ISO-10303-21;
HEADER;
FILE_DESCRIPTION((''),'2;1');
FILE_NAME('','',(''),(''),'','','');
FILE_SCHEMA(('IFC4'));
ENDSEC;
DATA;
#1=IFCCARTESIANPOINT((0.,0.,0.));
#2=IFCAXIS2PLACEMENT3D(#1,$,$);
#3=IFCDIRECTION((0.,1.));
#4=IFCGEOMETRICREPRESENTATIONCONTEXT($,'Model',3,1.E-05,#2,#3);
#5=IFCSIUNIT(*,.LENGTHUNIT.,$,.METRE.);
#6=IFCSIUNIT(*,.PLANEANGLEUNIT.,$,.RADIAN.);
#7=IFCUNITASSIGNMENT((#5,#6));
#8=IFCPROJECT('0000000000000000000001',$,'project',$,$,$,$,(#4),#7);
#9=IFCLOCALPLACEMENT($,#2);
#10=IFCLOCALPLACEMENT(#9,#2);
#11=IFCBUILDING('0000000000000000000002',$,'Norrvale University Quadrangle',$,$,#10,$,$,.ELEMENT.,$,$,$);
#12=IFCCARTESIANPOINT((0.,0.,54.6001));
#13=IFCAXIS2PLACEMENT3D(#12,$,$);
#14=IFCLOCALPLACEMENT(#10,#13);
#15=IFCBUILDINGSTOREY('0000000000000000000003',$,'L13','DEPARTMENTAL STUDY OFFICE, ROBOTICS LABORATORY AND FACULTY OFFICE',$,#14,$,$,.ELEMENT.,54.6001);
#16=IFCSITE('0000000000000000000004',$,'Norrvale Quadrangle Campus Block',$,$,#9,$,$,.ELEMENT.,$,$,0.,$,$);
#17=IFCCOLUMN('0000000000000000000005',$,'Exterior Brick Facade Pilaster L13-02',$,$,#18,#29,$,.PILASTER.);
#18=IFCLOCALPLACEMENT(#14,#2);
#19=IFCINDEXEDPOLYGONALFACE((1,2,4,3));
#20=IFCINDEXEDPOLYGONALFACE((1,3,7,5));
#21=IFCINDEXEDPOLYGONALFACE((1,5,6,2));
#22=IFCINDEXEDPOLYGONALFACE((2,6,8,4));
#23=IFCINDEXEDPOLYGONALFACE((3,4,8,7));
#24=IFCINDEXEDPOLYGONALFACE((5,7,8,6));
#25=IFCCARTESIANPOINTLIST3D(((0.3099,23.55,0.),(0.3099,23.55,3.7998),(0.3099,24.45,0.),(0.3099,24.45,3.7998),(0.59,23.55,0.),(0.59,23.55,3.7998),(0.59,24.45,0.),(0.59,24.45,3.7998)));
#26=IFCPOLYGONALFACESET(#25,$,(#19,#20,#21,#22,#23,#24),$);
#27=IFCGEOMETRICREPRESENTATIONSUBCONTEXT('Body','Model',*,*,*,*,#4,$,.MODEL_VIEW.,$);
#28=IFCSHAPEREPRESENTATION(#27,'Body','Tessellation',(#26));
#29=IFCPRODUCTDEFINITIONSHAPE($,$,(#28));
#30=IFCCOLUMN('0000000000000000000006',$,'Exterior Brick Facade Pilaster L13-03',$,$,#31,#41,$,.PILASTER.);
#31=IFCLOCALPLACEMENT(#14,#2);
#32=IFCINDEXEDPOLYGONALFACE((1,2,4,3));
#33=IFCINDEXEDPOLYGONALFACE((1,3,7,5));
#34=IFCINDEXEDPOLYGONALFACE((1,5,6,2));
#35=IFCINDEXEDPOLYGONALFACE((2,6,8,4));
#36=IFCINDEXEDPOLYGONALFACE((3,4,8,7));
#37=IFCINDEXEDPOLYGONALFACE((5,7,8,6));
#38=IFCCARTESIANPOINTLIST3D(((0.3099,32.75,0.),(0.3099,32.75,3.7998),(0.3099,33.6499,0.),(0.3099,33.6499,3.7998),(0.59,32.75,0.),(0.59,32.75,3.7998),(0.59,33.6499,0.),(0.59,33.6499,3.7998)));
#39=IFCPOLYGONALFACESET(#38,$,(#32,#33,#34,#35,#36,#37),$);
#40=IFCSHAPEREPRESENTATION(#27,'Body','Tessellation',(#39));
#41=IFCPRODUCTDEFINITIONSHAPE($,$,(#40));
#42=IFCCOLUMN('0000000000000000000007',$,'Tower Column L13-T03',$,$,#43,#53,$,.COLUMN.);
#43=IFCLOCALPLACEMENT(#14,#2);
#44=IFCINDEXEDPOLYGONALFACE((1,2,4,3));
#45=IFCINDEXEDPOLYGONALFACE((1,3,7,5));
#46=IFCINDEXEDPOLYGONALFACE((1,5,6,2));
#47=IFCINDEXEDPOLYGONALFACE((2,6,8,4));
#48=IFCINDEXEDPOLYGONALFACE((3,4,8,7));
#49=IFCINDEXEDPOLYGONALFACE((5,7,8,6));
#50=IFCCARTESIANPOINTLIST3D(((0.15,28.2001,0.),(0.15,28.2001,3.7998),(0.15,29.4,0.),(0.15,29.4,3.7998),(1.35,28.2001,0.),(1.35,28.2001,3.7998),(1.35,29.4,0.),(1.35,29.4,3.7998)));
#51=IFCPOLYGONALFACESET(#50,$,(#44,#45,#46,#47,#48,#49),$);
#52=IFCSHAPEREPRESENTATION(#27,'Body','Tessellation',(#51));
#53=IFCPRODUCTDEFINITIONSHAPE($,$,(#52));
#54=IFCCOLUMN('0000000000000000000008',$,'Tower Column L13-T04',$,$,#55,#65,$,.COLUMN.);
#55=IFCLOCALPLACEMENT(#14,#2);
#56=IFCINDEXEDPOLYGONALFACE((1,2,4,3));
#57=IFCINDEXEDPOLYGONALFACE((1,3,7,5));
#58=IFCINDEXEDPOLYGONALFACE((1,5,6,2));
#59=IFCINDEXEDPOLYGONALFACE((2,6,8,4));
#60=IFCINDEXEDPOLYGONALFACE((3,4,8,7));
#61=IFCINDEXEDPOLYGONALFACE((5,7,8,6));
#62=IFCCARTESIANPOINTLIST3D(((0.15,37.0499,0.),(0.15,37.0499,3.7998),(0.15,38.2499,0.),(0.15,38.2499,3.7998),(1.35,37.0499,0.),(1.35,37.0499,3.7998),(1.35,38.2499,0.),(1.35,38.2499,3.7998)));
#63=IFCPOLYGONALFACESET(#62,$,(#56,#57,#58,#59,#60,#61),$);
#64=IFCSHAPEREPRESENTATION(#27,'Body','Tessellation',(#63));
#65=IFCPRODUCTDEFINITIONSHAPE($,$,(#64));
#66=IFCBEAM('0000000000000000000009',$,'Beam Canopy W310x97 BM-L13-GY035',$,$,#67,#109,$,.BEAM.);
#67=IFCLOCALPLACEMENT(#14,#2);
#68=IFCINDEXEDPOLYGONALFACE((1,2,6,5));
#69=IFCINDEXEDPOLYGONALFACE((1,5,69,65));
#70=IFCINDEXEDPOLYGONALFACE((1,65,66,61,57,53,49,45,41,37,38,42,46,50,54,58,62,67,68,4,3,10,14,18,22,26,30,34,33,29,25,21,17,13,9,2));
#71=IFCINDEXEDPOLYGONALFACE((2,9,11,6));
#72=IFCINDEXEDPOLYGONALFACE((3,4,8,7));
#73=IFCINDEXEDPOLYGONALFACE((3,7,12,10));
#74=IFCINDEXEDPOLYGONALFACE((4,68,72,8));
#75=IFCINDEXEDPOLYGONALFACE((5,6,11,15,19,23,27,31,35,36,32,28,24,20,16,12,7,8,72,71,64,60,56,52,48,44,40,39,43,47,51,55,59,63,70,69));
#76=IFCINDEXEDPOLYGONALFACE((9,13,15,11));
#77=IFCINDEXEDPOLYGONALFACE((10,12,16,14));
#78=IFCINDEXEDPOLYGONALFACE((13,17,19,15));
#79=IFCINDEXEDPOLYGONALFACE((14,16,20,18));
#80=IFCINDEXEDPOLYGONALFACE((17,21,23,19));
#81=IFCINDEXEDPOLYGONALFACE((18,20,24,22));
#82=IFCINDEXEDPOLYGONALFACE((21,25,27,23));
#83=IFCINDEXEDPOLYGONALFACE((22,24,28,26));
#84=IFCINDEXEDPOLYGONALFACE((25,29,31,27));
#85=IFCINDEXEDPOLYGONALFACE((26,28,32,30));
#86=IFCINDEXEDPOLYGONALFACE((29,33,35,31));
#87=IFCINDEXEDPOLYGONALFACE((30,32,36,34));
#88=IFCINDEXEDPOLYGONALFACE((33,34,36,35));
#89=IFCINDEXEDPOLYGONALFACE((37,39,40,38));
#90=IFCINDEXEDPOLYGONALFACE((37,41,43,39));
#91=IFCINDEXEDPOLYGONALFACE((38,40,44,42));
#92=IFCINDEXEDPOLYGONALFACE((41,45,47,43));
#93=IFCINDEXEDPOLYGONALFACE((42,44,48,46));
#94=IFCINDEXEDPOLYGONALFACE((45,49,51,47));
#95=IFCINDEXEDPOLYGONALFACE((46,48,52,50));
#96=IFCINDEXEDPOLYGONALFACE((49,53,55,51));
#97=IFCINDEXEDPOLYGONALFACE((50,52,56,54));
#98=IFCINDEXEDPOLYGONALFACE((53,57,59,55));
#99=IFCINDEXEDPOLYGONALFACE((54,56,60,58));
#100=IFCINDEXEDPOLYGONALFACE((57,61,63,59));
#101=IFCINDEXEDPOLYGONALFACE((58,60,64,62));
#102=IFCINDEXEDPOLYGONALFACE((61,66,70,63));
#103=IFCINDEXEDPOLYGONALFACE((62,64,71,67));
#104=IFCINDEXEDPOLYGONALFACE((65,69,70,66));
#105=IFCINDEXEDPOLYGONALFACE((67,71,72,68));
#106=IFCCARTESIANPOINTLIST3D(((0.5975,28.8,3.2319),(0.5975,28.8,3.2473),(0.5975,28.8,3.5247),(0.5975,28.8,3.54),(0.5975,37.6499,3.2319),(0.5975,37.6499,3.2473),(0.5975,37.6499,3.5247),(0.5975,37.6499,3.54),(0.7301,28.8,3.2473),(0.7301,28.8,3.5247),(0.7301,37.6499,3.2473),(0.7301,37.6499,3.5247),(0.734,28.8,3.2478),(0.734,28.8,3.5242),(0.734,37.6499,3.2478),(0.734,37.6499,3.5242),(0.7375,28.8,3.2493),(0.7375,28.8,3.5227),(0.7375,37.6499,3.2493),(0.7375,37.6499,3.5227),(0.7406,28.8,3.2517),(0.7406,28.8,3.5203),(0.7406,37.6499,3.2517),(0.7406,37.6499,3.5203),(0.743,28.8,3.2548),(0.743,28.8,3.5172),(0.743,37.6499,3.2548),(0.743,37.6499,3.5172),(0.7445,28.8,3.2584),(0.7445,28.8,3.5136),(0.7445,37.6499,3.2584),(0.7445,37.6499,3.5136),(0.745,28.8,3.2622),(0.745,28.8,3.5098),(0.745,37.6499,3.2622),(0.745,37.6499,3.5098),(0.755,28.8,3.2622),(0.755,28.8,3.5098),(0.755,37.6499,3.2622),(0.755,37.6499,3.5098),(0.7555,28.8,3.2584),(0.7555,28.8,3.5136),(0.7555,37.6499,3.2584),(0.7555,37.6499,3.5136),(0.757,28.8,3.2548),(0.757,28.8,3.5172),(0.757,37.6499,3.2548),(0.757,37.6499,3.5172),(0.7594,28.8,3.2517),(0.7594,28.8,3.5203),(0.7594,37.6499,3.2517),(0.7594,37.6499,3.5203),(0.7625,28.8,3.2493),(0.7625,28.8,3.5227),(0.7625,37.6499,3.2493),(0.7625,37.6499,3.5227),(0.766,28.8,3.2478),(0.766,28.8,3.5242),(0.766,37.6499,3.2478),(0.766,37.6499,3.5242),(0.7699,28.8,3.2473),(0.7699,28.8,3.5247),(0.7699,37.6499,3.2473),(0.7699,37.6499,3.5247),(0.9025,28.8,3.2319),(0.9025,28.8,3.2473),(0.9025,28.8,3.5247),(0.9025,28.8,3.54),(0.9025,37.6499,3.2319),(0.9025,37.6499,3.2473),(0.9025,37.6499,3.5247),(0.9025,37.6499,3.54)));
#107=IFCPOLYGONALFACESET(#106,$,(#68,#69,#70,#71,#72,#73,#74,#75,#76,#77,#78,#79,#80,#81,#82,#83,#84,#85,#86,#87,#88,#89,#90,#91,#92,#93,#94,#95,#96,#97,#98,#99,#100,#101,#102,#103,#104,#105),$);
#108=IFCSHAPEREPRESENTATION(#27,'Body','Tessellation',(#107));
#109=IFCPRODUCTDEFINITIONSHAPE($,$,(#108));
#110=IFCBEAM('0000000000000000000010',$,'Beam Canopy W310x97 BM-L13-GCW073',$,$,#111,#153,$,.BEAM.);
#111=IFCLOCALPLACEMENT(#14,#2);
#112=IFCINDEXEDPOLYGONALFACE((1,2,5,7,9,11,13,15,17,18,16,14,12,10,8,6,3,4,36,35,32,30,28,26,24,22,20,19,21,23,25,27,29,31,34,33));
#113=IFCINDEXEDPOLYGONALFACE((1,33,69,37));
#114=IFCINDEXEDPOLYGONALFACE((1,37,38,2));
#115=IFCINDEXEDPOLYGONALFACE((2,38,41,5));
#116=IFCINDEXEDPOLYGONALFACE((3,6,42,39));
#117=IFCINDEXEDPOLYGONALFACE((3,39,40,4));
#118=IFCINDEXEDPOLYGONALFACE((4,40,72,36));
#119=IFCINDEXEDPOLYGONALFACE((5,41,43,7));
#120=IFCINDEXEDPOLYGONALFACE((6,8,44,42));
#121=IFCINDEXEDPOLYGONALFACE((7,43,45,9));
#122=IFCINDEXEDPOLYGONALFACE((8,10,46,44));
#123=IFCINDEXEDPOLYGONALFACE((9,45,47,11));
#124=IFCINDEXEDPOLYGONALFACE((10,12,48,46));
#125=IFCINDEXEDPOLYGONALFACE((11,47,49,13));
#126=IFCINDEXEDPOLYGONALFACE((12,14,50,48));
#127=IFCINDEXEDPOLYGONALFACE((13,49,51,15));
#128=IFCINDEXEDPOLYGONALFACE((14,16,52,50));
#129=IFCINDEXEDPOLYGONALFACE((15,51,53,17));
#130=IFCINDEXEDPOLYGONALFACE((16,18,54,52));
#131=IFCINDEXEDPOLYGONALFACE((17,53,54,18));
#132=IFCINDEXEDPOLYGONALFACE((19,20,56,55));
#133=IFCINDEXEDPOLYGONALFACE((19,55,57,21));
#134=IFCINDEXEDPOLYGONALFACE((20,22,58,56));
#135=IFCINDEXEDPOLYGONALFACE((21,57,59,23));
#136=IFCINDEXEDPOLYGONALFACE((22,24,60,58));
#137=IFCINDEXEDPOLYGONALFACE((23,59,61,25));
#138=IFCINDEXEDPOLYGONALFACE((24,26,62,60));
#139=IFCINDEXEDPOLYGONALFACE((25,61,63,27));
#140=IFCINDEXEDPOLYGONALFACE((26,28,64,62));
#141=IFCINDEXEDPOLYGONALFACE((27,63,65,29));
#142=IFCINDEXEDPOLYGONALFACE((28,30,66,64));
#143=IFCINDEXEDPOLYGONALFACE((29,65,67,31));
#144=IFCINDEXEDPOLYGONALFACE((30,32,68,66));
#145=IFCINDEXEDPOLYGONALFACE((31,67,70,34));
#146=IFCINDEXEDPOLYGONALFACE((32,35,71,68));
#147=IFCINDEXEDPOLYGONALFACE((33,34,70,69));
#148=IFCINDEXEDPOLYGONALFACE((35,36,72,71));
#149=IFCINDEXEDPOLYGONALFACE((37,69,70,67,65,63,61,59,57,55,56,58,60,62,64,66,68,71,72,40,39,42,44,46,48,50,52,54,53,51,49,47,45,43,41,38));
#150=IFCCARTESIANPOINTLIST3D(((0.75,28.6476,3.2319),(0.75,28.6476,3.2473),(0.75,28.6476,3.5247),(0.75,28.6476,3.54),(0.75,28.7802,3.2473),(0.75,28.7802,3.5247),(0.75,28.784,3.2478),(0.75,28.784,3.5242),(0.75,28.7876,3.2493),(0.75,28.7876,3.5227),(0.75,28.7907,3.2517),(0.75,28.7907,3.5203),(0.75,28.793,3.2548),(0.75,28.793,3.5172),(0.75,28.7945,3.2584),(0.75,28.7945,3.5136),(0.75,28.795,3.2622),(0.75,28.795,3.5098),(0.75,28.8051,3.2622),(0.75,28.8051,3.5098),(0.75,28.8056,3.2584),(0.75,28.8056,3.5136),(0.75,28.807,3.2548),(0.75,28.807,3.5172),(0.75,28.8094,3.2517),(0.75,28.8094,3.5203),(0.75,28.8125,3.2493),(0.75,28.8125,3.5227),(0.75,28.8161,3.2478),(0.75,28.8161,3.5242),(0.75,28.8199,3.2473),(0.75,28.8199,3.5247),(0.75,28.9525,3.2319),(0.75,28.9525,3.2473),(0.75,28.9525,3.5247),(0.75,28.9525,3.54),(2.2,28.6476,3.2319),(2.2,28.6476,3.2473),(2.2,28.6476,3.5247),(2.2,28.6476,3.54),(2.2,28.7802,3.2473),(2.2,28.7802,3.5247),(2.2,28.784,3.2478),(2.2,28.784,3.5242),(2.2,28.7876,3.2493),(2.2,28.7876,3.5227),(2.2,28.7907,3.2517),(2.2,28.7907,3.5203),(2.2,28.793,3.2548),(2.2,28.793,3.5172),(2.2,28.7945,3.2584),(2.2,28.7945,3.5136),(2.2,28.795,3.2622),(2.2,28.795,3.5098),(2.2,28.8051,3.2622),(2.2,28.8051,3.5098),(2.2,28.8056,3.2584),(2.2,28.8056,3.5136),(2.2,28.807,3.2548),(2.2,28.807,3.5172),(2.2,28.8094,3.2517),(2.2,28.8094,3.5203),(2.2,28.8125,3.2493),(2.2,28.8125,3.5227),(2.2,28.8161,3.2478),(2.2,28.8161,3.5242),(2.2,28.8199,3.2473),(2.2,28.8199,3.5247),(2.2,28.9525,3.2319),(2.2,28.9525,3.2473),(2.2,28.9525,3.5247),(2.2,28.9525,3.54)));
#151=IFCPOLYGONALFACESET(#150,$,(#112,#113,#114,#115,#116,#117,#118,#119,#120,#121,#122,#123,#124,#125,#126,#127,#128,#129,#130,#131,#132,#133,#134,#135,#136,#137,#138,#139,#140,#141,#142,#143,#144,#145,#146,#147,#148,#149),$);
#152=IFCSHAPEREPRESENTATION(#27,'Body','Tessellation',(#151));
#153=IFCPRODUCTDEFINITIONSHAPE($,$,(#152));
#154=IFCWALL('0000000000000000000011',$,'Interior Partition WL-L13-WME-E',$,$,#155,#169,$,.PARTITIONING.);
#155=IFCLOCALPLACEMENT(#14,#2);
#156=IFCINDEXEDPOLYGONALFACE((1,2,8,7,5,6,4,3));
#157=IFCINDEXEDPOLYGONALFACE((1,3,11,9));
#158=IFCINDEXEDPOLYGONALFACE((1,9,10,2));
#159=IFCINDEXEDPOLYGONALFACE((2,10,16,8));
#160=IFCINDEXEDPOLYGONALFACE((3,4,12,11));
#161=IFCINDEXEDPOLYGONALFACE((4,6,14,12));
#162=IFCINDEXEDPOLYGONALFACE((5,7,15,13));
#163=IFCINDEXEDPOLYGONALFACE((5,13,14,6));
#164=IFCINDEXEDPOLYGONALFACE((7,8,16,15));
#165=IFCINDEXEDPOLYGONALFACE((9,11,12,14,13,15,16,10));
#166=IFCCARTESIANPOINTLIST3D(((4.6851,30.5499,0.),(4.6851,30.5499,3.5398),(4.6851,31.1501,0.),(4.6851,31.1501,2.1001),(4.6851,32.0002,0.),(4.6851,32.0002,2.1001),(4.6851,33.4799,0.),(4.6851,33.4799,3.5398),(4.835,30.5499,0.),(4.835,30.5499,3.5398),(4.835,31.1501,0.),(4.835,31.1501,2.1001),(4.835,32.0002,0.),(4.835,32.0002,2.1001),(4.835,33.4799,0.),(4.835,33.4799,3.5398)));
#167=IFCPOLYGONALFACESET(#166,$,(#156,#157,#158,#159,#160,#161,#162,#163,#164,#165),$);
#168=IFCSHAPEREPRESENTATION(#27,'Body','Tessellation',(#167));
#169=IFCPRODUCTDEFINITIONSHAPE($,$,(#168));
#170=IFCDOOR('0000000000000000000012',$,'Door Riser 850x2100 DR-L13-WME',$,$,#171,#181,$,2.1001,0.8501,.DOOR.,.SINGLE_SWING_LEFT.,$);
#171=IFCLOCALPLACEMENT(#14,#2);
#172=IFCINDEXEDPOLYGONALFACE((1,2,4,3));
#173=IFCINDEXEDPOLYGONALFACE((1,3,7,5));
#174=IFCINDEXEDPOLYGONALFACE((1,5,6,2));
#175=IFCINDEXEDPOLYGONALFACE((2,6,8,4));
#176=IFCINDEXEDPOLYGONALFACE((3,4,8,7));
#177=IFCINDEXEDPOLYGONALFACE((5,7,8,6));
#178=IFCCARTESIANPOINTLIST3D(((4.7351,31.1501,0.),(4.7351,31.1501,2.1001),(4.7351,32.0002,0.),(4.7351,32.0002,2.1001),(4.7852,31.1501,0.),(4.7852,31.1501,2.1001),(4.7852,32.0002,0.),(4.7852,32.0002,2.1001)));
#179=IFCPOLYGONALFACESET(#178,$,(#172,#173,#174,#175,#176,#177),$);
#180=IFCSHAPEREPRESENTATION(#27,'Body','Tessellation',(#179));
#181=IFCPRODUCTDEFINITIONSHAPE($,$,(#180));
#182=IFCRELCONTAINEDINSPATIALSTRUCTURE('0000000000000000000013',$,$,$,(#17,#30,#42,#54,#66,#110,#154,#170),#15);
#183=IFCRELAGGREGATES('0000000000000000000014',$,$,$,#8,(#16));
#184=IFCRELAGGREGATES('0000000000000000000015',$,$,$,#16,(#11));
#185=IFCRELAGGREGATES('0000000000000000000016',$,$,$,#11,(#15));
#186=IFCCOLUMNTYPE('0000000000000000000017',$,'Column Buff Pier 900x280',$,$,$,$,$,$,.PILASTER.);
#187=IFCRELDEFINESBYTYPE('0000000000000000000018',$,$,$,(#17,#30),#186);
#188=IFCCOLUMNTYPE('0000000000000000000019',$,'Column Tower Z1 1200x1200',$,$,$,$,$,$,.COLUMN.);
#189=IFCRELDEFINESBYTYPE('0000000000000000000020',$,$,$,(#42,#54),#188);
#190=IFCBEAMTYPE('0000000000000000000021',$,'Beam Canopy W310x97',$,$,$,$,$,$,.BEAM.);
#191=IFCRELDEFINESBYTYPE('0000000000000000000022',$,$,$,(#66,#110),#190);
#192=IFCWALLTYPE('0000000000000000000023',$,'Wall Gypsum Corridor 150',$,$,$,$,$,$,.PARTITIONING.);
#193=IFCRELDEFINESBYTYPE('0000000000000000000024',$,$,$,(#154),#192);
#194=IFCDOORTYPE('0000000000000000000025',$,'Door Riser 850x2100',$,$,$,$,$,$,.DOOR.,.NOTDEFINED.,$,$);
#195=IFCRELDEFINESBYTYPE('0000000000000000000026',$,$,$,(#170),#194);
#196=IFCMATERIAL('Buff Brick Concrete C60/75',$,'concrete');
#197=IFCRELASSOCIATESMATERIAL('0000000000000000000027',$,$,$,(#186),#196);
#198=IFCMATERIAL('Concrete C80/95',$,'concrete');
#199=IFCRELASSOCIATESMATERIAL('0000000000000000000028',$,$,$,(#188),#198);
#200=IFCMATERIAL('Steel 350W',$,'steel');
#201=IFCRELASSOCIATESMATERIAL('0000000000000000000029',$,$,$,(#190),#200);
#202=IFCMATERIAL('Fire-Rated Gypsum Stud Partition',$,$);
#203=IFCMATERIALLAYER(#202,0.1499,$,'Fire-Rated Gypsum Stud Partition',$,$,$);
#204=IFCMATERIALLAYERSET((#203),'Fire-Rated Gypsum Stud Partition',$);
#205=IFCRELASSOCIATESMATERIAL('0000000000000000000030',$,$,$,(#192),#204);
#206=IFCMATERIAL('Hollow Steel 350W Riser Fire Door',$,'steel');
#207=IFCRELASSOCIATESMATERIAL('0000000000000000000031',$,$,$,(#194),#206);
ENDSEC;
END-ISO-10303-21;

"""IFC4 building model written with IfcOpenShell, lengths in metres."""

from ifc_helpers import new_model, si_unit, direction, frame, frame_2d, origin, origin_2d, place, context, subcontext, project, spatial, rectangle, i_section, extrude, material, layer, layer_set, material_profile, profile_set, type_object, element, fill, save


model = new_model("IFC4")

# Units and contexts
model_context = context("Model", 3, precision=1e-05, world=origin(), true_north=direction((0.0, 1.0)))
body_context = subcontext(model_context, "Body", "Model", "MODEL_VIEW")
ifc_project = project(units=[si_unit("LENGTHUNIT", "METRE"), si_unit("PLANEANGLEUNIT", "RADIAN")], contexts=[model_context])

# Site, building, storey
site_placement = place(None, origin())
site = spatial("IfcSite", under=ifc_project, at=site_placement, Name="Norrvale Quadrangle Campus Block", CompositionType="ELEMENT", RefElevation=0.0)
building_placement = place(site_placement, origin())
building = spatial("IfcBuilding", under=site, at=building_placement, Name="Norrvale University Quadrangle", CompositionType="ELEMENT")
storey_placement = place(building_placement, frame((0.0, 0.0, 54.6001)))
storey = spatial("IfcBuildingStorey", under=building, at=storey_placement, Name="L13", Description="DEPARTMENTAL STUDY OFFICE, ROBOTICS LABORATORY AND FACULTY OFFICE", CompositionType="ELEMENT", Elevation=54.6001)

# Columns
ifc_material_1 = material(Name="Buff Brick Concrete C60/75", Category="concrete")
ifc_material_profile_1 = material_profile(ifc_material_1, rectangle(XDim=0.8999, YDim=0.28, at=origin_2d()), Name="Buff Brick Concrete C60/75")
ifc_profile_set_1 = profile_set([ifc_material_profile_1], Name="Buff Brick Concrete C60/75")
column_type_1 = type_object("IfcColumnType", Name="Column Buff Pier 900x280", PredefinedType="PILASTER", material=ifc_profile_set_1)
for number, where, z_axis, x_axis, name in (
    (1, (0.45, 24.0, 0.0), (0.0, 0.0, 1.0), (0.0, 1.0, 0.0), "Exterior Brick Facade Pilaster L13-02"),
    (2, (0.45, 33.2, 0.0), (0.0, 0.0, 1.0), (0.0, 1.0, 0.0), "Exterior Brick Facade Pilaster L13-03"),
):
    element("IfcColumn", number, at=place(storey_placement, frame(where, z_axis=z_axis, x_axis=x_axis)), inside=storey, type_object=column_type_1, Name=name, PredefinedType="PILASTER", context=body_context, shape_type="SweptSolid", body=[
        extrude(rectangle(XDim=0.8999, YDim=0.28, at=origin_2d()), origin(), (0.0, 0.0, 1.0), 3.7998),
    ])
ifc_material_2 = material(Name="Concrete C80/95", Category="concrete")
ifc_material_profile_2 = material_profile(ifc_material_2, rectangle(XDim=1.2, YDim=1.2, at=origin_2d()), Name="Concrete C80/95")
ifc_profile_set_2 = profile_set([ifc_material_profile_2], Name="Concrete C80/95")
column_type_2 = type_object("IfcColumnType", Name="Column Tower Z1 1200x1200", PredefinedType="COLUMN", material=ifc_profile_set_2)
for number, where, z_axis, x_axis, name in (
    (3, (0.75, 28.8, 0.0), (0.0, 0.0, 1.0), (1.0, 0.0, 0.0), "Tower Column L13-T03"),
    (4, (0.75, 37.6499, 0.0), (0.0, 0.0, 1.0), (1.0, 0.0, 0.0), "Tower Column L13-T04"),
):
    element("IfcColumn", number, at=place(storey_placement, frame(where, z_axis=z_axis, x_axis=x_axis)), inside=storey, type_object=column_type_2, Name=name, PredefinedType="COLUMN", context=body_context, shape_type="SweptSolid", body=[
        extrude(rectangle(XDim=1.2, YDim=1.2, at=origin_2d()), origin(), (0.0, 0.0, 1.0), 3.7998),
    ])

# Beams
ifc_material_3 = material(Name="Steel 350W", Category="steel")
ifc_material_profile_3 = material_profile(ifc_material_3, i_section(OverallWidth=0.3049, OverallDepth=0.3081, WebThickness=0.01, FlangeThickness=0.0154, FilletRadius=0.0149, at=origin_2d()), Name="Steel 350W")
ifc_profile_set_3 = profile_set([ifc_material_profile_3], Name="Steel 350W")
beam_type = type_object("IfcBeamType", Name="Beam Canopy W310x97", PredefinedType="BEAM", material=ifc_profile_set_3)
beam_1_placement = place(storey_placement, frame((0.75, 28.8, 3.386), z_axis=(0.0, 1.0, 0.0), x_axis=(-1.0, 0.0, 0.0)))
element("IfcBeam", 5, at=beam_1_placement, inside=storey, type_object=beam_type, Name="Beam Canopy W310x97 BM-L13-GY035", PredefinedType="BEAM", context=body_context, shape_type="SweptSolid", body=[
    extrude(i_section(OverallWidth=0.3049, OverallDepth=0.3081, WebThickness=0.01, FlangeThickness=0.0154, FilletRadius=0.0149, at=origin_2d()), origin(), (0.0, 0.0, 1.0), 8.8499),
])
beam_2_placement = place(storey_placement, frame((0.75, 28.8, 3.386), z_axis=(1.0, 0.0, 0.0), x_axis=(0.0, 1.0, 0.0)))
element("IfcBeam", 6, at=beam_2_placement, inside=storey, type_object=beam_type, Name="Beam Canopy W310x97 BM-L13-GCW073", PredefinedType="BEAM", context=body_context, shape_type="SweptSolid", body=[
    extrude(i_section(OverallWidth=0.3049, OverallDepth=0.3081, WebThickness=0.01, FlangeThickness=0.0154, FilletRadius=0.0149, at=origin_2d()), origin(), (0.0, 0.0, 1.0), 1.45),
])

# Wall, opening, door
ifc_material_4 = material(Name="Fire-Rated Gypsum Stud Partition")
ifc_layer_1 = layer(ifc_material_4, 0.1499, Name="Fire-Rated Gypsum Stud Partition")
ifc_layer_set_1 = layer_set([ifc_layer_1], Name="Fire-Rated Gypsum Stud Partition")
wall_type_1 = type_object("IfcWallType", Name="Wall Gypsum Corridor 150", PredefinedType="PARTITIONING", material=ifc_layer_set_1)
wall_1_placement = place(storey_placement, frame((4.76, 30.55, 0.0), z_axis=(0.0, 0.0, 1.0), x_axis=(0.0, 1.0, 0.0)))
wall_1 = element("IfcWall", 7, at=wall_1_placement, inside=storey, type_object=wall_type_1, Name="Interior Partition WL-L13-WME-E", PredefinedType="PARTITIONING", context=body_context, shape_type="SweptSolid", body=[
    extrude(rectangle(XDim=2.9299, YDim=0.1499, at=frame_2d((1.4648, 0.0))), origin(), (0.0, 0.0, 1.0), 3.5398),
])
opening_1_placement = place(wall_1_placement, frame((0.6001, 0.0, 0.0)))
opening_1 = element("IfcOpeningElement", 8, at=opening_1_placement, cuts=wall_1, PredefinedType="OPENING", context=body_context, shape_type="SweptSolid", body=[
    extrude(rectangle(XDim=0.8501, YDim=2.1001, at=frame_2d((0.425, 1.05))), frame((0.0, 0.0869, 0.0), z_axis=(0.0, -1.0, 0.0), x_axis=(1.0, 0.0, 0.0)), (0.0, 0.0, 1.0), 0.1738),
])
ifc_material_5 = material(Name="Hollow Steel 350W Riser Fire Door", Category="steel")
door_type_1 = type_object("IfcDoorType", Name="Door Riser 850x2100", OperationType="NOTDEFINED", PredefinedType="DOOR", material=ifc_material_5)
door_1_placement = place(opening_1_placement, origin())
door_1 = element("IfcDoor", 9, at=door_1_placement, inside=storey, type_object=door_type_1, Name="Door Riser 850x2100 DR-L13-WME", OperationType="SINGLE_SWING_LEFT", OverallHeight=2.1001, OverallWidth=0.8501, PredefinedType="DOOR", context=body_context, shape_type="SweptSolid", body=[
    extrude(rectangle(XDim=0.8501, YDim=2.1001, at=frame_2d((0.425, 1.05))), frame((0.0, 0.0249, 0.0), z_axis=(0.0, -1.0, 0.0), x_axis=(1.0, 0.0, 0.0)), (0.0, 0.0, 1.0), 0.05),
])
fill(opening_1, door_1)

save(model, "model.ifc")
